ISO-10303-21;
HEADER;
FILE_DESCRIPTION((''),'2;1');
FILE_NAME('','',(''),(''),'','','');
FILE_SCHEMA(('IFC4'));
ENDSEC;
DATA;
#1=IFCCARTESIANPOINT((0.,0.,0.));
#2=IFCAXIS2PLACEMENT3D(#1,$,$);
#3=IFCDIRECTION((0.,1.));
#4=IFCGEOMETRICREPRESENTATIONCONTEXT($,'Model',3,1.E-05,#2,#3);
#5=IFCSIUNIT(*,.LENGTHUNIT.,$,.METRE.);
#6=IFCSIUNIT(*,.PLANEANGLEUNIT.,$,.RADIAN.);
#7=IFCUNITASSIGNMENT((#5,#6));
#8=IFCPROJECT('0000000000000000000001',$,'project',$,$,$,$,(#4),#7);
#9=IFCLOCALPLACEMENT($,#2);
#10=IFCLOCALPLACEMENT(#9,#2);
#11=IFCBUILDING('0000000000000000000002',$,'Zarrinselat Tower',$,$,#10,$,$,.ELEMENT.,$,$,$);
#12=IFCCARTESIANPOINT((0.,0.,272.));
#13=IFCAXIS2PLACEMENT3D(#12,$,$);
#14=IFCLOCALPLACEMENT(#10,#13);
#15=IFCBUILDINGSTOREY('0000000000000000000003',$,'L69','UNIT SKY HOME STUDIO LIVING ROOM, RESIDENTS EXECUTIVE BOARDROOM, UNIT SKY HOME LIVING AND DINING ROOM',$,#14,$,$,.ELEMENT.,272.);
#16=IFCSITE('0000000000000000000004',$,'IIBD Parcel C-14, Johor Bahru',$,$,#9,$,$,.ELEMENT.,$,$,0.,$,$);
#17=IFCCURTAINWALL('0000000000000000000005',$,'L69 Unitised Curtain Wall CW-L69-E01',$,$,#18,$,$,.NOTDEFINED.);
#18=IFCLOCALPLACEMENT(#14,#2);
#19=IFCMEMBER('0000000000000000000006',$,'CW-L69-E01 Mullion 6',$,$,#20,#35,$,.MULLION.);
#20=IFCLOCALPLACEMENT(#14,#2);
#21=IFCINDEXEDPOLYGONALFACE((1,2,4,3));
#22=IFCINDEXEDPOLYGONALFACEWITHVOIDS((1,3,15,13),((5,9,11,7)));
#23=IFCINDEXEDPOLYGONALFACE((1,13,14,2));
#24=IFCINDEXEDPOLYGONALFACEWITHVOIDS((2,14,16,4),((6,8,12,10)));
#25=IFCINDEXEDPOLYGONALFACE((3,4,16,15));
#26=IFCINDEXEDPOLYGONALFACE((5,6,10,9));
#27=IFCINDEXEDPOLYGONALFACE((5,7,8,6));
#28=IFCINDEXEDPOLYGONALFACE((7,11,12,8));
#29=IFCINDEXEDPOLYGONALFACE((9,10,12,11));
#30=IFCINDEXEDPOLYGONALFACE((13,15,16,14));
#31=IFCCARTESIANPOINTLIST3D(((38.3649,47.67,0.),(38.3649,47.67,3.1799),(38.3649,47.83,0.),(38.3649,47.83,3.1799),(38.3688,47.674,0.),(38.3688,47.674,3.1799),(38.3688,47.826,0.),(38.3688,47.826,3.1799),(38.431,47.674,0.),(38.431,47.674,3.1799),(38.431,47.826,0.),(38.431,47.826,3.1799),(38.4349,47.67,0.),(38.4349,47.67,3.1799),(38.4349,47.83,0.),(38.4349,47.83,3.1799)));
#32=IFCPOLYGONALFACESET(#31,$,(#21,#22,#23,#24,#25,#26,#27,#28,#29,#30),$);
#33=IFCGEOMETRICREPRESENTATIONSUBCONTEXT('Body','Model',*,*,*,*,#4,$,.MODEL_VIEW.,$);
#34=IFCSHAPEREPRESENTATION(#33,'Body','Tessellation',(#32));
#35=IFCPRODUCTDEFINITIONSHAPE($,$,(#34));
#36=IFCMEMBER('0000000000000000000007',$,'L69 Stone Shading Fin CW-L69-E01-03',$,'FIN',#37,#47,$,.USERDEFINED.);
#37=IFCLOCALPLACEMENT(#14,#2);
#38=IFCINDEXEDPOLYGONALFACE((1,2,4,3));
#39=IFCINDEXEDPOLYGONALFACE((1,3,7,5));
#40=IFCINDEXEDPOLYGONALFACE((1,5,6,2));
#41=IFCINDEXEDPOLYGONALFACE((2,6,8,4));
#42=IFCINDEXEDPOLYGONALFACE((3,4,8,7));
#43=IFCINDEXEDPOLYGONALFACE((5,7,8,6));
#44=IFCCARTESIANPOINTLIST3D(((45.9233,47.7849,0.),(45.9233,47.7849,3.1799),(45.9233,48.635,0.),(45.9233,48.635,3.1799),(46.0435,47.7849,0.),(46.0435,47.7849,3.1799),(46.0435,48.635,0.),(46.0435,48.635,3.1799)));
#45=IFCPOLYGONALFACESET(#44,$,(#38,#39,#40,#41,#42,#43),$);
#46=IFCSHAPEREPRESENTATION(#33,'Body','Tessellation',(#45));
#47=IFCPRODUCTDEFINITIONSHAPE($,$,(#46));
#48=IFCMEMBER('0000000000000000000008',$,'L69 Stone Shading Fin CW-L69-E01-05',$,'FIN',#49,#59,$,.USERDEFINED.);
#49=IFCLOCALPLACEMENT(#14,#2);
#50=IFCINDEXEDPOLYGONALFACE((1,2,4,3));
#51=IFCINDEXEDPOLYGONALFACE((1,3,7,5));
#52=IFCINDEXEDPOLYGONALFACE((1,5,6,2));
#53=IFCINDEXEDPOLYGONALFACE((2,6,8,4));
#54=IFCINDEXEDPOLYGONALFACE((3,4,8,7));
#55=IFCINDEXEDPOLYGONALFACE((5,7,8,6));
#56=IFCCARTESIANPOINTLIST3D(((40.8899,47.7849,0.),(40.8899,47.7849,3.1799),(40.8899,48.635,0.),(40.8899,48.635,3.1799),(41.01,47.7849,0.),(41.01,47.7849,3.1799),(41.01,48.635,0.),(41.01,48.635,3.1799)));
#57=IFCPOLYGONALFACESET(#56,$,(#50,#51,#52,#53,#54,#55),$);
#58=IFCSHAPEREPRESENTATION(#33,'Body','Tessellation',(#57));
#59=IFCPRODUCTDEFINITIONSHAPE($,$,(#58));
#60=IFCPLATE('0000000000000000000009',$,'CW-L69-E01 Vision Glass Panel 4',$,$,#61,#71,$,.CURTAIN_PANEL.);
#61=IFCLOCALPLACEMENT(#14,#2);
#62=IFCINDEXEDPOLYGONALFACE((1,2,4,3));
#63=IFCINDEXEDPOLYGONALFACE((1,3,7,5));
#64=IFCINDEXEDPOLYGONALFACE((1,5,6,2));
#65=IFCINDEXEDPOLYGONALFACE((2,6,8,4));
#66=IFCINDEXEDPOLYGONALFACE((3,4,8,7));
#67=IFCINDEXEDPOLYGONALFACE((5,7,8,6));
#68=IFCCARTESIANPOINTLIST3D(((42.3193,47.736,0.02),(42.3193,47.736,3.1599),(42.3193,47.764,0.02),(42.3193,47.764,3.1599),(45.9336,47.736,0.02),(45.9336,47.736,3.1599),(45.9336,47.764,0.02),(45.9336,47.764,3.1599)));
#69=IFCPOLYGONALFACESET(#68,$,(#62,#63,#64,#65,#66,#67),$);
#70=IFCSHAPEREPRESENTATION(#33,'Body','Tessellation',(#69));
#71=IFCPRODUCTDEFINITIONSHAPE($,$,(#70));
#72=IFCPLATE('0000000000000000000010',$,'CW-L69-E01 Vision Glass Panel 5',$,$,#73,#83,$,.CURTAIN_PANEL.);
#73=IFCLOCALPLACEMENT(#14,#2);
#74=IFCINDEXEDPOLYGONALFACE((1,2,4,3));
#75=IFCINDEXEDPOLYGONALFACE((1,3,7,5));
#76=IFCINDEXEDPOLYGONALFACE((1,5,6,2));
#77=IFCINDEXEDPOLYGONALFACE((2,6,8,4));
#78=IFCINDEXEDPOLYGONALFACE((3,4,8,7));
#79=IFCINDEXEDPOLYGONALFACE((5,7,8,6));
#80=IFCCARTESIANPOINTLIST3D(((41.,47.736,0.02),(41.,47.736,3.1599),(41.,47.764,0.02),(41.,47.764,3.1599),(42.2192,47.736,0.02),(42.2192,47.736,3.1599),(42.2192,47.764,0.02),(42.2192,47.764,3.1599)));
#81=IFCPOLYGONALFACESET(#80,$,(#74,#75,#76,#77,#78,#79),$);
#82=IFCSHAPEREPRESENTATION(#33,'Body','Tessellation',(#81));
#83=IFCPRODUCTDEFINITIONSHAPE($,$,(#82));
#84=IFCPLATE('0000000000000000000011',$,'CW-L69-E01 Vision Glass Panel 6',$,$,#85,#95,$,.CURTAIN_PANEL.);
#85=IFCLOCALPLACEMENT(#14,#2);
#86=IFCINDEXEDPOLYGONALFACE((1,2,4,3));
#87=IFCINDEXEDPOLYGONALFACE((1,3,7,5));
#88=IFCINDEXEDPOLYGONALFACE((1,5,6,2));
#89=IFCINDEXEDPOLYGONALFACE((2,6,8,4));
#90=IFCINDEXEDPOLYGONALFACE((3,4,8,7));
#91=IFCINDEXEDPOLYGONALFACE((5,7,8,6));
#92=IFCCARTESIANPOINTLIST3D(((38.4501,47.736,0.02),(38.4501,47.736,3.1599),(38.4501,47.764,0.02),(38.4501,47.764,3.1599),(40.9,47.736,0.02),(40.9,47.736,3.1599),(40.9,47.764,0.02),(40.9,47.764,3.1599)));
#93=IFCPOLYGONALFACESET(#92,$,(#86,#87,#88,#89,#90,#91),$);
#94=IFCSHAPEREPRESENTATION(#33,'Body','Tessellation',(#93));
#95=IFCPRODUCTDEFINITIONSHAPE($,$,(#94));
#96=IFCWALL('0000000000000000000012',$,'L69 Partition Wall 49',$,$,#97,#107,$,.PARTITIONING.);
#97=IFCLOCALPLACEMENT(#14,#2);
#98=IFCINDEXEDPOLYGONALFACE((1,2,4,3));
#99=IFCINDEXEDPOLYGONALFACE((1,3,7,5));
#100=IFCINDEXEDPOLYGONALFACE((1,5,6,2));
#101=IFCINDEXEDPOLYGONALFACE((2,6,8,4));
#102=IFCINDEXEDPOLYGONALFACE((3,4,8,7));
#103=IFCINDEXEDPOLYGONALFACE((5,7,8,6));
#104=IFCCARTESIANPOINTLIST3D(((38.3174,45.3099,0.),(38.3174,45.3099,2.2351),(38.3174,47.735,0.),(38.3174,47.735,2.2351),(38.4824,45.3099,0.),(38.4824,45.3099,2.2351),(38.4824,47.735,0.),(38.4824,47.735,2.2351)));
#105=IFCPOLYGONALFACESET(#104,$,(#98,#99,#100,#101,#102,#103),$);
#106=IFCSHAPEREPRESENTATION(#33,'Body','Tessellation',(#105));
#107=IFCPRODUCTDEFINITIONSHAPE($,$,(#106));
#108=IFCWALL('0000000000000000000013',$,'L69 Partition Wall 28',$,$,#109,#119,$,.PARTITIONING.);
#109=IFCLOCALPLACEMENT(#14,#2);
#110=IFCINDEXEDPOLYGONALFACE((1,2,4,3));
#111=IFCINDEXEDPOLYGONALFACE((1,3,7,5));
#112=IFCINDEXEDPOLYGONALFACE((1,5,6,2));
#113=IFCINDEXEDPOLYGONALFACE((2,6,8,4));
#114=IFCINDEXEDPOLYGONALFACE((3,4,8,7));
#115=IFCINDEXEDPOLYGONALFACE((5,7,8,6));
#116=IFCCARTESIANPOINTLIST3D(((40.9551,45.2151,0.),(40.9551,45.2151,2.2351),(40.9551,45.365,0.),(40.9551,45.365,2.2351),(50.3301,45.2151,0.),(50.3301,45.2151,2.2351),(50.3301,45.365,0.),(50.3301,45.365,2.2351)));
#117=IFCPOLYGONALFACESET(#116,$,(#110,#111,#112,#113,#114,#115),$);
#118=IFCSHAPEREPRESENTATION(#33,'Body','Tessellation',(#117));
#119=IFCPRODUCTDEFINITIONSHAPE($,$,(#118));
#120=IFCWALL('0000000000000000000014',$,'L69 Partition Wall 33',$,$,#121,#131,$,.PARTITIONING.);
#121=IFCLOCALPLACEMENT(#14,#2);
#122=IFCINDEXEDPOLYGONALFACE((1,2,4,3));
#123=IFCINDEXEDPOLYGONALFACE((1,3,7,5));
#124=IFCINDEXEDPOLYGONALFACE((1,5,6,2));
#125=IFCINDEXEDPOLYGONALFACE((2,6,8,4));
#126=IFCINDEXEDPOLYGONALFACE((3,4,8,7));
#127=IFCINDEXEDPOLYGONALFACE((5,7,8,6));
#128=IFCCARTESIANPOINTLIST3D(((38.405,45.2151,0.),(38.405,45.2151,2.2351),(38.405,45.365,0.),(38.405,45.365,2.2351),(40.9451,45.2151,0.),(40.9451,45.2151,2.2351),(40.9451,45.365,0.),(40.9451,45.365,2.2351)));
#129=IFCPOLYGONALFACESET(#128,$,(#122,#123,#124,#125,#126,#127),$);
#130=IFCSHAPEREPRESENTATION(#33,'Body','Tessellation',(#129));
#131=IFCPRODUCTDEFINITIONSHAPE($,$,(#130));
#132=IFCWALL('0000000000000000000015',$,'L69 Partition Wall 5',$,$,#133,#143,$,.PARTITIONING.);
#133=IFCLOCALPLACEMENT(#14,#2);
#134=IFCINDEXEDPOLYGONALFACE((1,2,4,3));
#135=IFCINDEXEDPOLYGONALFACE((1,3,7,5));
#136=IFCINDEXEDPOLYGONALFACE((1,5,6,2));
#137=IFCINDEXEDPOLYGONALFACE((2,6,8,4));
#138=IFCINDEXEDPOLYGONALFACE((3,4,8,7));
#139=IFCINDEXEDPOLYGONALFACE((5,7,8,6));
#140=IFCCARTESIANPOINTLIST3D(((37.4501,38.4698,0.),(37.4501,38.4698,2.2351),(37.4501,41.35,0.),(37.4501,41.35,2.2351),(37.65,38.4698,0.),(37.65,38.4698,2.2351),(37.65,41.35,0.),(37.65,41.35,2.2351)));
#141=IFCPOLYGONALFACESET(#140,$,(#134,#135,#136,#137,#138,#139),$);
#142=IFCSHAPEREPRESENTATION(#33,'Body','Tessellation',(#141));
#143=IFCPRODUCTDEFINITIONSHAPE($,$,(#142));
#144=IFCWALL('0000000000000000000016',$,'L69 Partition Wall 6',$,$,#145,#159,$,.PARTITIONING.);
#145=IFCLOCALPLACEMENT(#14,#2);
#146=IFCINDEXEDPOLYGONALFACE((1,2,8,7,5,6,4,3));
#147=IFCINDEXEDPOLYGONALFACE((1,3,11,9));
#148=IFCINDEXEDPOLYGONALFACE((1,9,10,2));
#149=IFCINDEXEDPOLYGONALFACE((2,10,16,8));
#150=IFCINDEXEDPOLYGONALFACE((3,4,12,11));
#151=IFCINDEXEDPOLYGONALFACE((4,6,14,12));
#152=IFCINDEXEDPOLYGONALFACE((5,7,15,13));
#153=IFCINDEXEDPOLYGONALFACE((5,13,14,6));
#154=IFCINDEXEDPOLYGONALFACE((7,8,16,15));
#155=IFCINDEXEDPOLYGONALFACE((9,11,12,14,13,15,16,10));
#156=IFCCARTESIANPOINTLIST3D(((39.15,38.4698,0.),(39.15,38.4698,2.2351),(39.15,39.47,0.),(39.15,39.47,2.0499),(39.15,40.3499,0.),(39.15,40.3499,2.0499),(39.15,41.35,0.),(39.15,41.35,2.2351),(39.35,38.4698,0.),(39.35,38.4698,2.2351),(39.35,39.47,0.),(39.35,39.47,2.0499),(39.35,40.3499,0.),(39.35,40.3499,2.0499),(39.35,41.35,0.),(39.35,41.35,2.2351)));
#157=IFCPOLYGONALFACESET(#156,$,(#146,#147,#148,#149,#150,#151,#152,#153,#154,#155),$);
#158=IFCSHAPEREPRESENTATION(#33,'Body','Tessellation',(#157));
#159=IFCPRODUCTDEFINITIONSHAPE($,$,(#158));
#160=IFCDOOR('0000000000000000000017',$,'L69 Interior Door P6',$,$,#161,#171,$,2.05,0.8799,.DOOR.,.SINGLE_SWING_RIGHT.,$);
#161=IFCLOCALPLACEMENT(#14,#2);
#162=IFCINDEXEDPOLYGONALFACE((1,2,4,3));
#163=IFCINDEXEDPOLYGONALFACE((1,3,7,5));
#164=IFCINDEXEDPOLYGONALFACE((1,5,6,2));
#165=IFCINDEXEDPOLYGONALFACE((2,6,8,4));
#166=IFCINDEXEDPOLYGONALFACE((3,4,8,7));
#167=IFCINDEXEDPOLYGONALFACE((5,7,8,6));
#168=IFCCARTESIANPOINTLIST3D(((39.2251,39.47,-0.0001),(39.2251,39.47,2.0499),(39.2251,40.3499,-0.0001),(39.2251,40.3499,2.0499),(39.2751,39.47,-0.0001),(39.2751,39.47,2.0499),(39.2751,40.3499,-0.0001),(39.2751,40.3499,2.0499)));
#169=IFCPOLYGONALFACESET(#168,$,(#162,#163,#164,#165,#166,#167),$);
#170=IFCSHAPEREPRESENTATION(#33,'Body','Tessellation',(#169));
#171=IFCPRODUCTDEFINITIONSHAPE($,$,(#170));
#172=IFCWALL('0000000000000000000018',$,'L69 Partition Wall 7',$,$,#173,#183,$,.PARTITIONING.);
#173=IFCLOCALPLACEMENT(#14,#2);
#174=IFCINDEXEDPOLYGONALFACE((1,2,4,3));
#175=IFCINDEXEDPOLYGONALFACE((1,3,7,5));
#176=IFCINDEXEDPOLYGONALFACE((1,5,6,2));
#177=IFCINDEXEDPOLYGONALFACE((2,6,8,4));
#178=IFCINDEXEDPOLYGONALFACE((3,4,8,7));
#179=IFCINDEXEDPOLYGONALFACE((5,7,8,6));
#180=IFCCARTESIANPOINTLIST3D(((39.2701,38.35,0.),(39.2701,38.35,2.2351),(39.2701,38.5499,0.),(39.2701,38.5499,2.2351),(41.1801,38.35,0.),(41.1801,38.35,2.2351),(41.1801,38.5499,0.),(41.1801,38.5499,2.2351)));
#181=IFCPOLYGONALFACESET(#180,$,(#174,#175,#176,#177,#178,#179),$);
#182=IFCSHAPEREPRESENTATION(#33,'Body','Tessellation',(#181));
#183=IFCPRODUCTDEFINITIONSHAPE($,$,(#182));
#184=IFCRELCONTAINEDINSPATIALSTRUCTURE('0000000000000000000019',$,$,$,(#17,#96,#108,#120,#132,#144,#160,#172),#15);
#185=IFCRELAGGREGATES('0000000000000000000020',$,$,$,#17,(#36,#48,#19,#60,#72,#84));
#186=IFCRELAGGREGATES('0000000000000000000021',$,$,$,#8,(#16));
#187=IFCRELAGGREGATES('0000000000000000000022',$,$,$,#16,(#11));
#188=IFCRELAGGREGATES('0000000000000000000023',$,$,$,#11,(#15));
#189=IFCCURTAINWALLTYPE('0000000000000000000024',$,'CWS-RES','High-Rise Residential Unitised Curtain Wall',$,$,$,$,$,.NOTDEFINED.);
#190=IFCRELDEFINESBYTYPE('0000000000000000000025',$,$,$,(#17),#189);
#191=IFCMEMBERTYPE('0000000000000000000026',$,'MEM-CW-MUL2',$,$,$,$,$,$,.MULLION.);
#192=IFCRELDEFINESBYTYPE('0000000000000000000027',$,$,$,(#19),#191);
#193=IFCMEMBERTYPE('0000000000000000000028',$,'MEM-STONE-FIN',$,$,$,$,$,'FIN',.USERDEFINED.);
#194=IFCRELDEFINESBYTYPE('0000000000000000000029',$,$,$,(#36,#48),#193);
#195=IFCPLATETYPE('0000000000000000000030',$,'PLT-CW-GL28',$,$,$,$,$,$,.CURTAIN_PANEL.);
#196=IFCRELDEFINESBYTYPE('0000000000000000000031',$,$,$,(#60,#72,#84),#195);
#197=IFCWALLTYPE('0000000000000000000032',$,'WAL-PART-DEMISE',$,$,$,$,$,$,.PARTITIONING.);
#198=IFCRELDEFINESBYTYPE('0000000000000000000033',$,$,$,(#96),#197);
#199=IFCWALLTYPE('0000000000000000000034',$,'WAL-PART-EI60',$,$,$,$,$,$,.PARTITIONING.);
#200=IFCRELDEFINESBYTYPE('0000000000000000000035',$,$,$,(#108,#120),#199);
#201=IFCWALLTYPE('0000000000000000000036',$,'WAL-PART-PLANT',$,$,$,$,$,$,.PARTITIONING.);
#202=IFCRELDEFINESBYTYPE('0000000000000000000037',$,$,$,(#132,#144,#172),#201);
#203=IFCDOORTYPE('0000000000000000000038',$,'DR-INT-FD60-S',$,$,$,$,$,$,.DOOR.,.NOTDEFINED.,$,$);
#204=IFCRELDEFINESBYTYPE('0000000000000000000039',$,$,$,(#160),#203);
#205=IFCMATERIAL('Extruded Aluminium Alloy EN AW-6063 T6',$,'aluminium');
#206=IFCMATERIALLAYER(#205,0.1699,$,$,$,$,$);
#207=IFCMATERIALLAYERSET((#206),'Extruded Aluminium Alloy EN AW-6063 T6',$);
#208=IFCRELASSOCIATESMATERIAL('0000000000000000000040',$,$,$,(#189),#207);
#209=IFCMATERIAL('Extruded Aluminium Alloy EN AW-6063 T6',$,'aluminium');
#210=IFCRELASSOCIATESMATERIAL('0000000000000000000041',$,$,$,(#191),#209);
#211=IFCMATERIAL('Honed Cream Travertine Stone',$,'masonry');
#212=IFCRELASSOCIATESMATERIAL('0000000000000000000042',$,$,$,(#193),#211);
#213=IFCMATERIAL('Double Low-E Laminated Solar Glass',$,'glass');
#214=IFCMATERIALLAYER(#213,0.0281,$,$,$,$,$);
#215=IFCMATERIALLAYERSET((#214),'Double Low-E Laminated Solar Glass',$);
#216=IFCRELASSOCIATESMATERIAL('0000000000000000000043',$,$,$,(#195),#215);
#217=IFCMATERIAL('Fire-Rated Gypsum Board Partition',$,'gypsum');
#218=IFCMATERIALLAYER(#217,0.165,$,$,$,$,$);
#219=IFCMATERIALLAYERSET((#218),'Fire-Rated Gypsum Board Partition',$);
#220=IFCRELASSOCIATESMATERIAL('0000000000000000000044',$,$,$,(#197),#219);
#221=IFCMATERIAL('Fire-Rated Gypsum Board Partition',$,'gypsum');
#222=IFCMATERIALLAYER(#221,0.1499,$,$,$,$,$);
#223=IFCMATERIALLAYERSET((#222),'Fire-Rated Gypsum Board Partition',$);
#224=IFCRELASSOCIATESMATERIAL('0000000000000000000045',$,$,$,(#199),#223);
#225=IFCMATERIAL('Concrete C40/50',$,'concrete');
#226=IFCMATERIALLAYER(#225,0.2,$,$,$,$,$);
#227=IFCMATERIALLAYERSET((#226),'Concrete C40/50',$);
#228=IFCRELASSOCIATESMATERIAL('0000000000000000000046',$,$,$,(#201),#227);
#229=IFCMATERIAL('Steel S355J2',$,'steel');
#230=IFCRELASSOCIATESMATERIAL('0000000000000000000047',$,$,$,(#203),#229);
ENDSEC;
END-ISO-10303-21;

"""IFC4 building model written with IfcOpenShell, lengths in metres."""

from ifc_helpers import new_model, si_unit, direction, frame, frame_2d, origin, origin_2d, place, context, subcontext, project, spatial, rectangle, hollow_rectangle, extrude, material, layer, layer_set, material_profile, profile_set, type_object, element, fill, aggregate, save


model = new_model("IFC4")

# Units and contexts
model_context = context("Model", 3, precision=1e-05, world=origin(), true_north=direction((0.0, 1.0)))
body_context = subcontext(model_context, "Body", "Model", "MODEL_VIEW")
ifc_project = project(units=[si_unit("LENGTHUNIT", "METRE"), si_unit("PLANEANGLEUNIT", "RADIAN")], contexts=[model_context])

# Site, building, storey
site_placement = place(None, origin())
site = spatial("IfcSite", under=ifc_project, at=site_placement, Name="IIBD Parcel C-14, Johor Bahru", CompositionType="ELEMENT", RefElevation=0.0)
building_placement = place(site_placement, origin())
building = spatial("IfcBuilding", under=site, at=building_placement, Name="Zarrinselat Tower", CompositionType="ELEMENT")
storey_placement = place(building_placement, frame((0.0, 0.0, 272.0)))
storey = spatial("IfcBuildingStorey", under=building, at=storey_placement, Name="L69", Description="UNIT SKY HOME STUDIO LIVING ROOM, RESIDENTS EXECUTIVE BOARDROOM, UNIT SKY HOME LIVING AND DINING ROOM", CompositionType="ELEMENT", Elevation=272.0)

# Curtain wall, members, plates
ifc_material_1 = material(Name="Extruded Aluminium Alloy EN AW-6063 T6", Category="aluminium")
ifc_layer_1 = layer(ifc_material_1, 0.1699)
ifc_layer_set_1 = layer_set([ifc_layer_1], Name="Extruded Aluminium Alloy EN AW-6063 T6")
curtain_wall_type = type_object("IfcCurtainWallType", Name="CWS-RES", Description="High-Rise Residential Unitised Curtain Wall", PredefinedType="NOTDEFINED", material=ifc_layer_set_1)
curtain_wall_placement = place(storey_placement, origin())
curtain_wall = element("IfcCurtainWall", 1, at=curtain_wall_placement, inside=storey, type_object=curtain_wall_type, Name="L69 Unitised Curtain Wall CW-L69-E01", PredefinedType="NOTDEFINED")
ifc_material_2 = material(Name="Extruded Aluminium Alloy EN AW-6063 T6", Category="aluminium")
ifc_material_profile_1 = material_profile(ifc_material_2, hollow_rectangle(XDim=0.0701, YDim=0.1599, WallThickness=0.0039, at=origin_2d()), Name="RHS 160x70x4")
ifc_profile_set_1 = profile_set([ifc_material_profile_1], Name="Extruded Aluminium Alloy EN AW-6063 T6")
member_type_1 = type_object("IfcMemberType", Name="MEM-CW-MUL2", PredefinedType="MULLION", material=ifc_profile_set_1)
member_1_placement = place(storey_placement, frame((38.3999, 47.75, 0.0), z_axis=(0.0, 0.0, 1.0), x_axis=(-1.0, 0.0, 0.0)))
member_1 = element("IfcMember", 2, at=member_1_placement, type_object=member_type_1, Name="CW-L69-E01 Mullion 6", PredefinedType="MULLION", context=body_context, shape_type="SweptSolid", body=[
    extrude(hollow_rectangle(XDim=0.0701, YDim=0.1599, WallThickness=0.0039, at=origin_2d()), origin(), (0.0, 0.0, 1.0), 3.1799),
])
ifc_material_3 = material(Name="Honed Cream Travertine Stone", Category="masonry")
ifc_material_profile_2 = material_profile(ifc_material_3, rectangle(XDim=0.1201, YDim=0.8501, at=origin_2d()), Name="FIN 850x120")
ifc_profile_set_2 = profile_set([ifc_material_profile_2], Name="Honed Cream Travertine Stone")
member_type_2 = type_object("IfcMemberType", Name="MEM-STONE-FIN", ElementType="FIN", PredefinedType="USERDEFINED", material=ifc_profile_set_2)
member_2_placement = place(storey_placement, frame((45.9834, 48.21, 0.0), z_axis=(0.0, 0.0, 1.0), x_axis=(1.0, 0.0, 0.0)))
member_2 = element("IfcMember", 3, at=member_2_placement, type_object=member_type_2, Name="L69 Stone Shading Fin CW-L69-E01-03", ObjectType="FIN", PredefinedType="USERDEFINED", context=body_context, shape_type="SweptSolid", body=[
    extrude(rectangle(XDim=0.1201, YDim=0.8501, at=origin_2d()), origin(), (0.0, 0.0, 1.0), 3.1799),
])
member_3_placement = place(storey_placement, frame((40.95, 48.21, 0.0), z_axis=(0.0, 0.0, 1.0), x_axis=(1.0, 0.0, 0.0)))
member_3 = element("IfcMember", 4, at=member_3_placement, type_object=member_type_2, Name="L69 Stone Shading Fin CW-L69-E01-05", ObjectType="FIN", PredefinedType="USERDEFINED", context=body_context, shape_type="SweptSolid", body=[
    extrude(rectangle(XDim=0.1201, YDim=0.8501, at=origin_2d()), origin(), (0.0, 0.0, 1.0), 3.1799),
])
ifc_material_4 = material(Name="Double Low-E Laminated Solar Glass", Category="glass")
ifc_layer_2 = layer(ifc_material_4, 0.0281)
ifc_layer_set_2 = layer_set([ifc_layer_2], Name="Double Low-E Laminated Solar Glass")
plate_type = type_object("IfcPlateType", Name="PLT-CW-GL28", PredefinedType="CURTAIN_PANEL", material=ifc_layer_set_2)
plate_1_placement = place(storey_placement, frame((44.1265, 47.75, 0.02), z_axis=(0.0, 0.0, 1.0), x_axis=(-1.0, 0.0, 0.0)))
plate_1 = element("IfcPlate", 5, at=plate_1_placement, type_object=plate_type, Name="CW-L69-E01 Vision Glass Panel 4", PredefinedType="CURTAIN_PANEL", context=body_context, shape_type="SweptSolid", body=[
    extrude(rectangle(XDim=3.6143, YDim=0.0281, at=origin_2d()), origin(), (0.0, 0.0, 1.0), 3.1399),
])
plate_2_placement = place(storey_placement, frame((41.6096, 47.75, 0.02), z_axis=(0.0, 0.0, 1.0), x_axis=(-1.0, 0.0, 0.0)))
plate_2 = element("IfcPlate", 6, at=plate_2_placement, type_object=plate_type, Name="CW-L69-E01 Vision Glass Panel 5", PredefinedType="CURTAIN_PANEL", context=body_context, shape_type="SweptSolid", body=[
    extrude(rectangle(XDim=1.2192, YDim=0.0281, at=origin_2d()), origin(), (0.0, 0.0, 1.0), 3.1399),
])
plate_3_placement = place(storey_placement, frame((39.675, 47.75, 0.02), z_axis=(0.0, 0.0, 1.0), x_axis=(-1.0, 0.0, 0.0)))
plate_3 = element("IfcPlate", 7, at=plate_3_placement, type_object=plate_type, Name="CW-L69-E01 Vision Glass Panel 6", PredefinedType="CURTAIN_PANEL", context=body_context, shape_type="SweptSolid", body=[
    extrude(rectangle(XDim=2.45, YDim=0.0281, at=origin_2d()), origin(), (0.0, 0.0, 1.0), 3.1399),
])
aggregate(curtain_wall, [member_2, member_3, member_1, plate_1, plate_2, plate_3])

# Walls
ifc_material_5 = material(Name="Fire-Rated Gypsum Board Partition", Category="gypsum")
ifc_layer_3 = layer(ifc_material_5, 0.165)
ifc_layer_set_3 = layer_set([ifc_layer_3], Name="Fire-Rated Gypsum Board Partition")
wall_type_1 = type_object("IfcWallType", Name="WAL-PART-DEMISE", PredefinedType="PARTITIONING", material=ifc_layer_set_3)
wall_1_placement = place(storey_placement, frame((38.3999, 45.3101, 0.0), z_axis=(0.0, 0.0, 1.0), x_axis=(0.0, 1.0, 0.0)))
element("IfcWall", 8, at=wall_1_placement, inside=storey, type_object=wall_type_1, Name="L69 Partition Wall 49", PredefinedType="PARTITIONING", context=body_context, shape_type="SweptSolid", body=[
    extrude(rectangle(XDim=2.425, YDim=0.165, at=frame_2d((1.2124, 0.0))), origin(), (0.0, 0.0, 1.0), 2.2351),
])
ifc_material_6 = material(Name="Fire-Rated Gypsum Board Partition", Category="gypsum")
ifc_layer_4 = layer(ifc_material_6, 0.1499)
ifc_layer_set_4 = layer_set([ifc_layer_4], Name="Fire-Rated Gypsum Board Partition")
wall_type_2 = type_object("IfcWallType", Name="WAL-PART-EI60", PredefinedType="PARTITIONING", material=ifc_layer_set_4)
wall_2_placement = place(storey_placement, frame((40.9551, 45.29, 0.0), z_axis=(0.0, 0.0, 1.0), x_axis=(1.0, 0.0, 0.0)))
element("IfcWall", 9, at=wall_2_placement, inside=storey, type_object=wall_type_2, Name="L69 Partition Wall 28", PredefinedType="PARTITIONING", context=body_context, shape_type="SweptSolid", body=[
    extrude(rectangle(XDim=9.375, YDim=0.1499, at=frame_2d((4.6875, 0.0))), origin(), (0.0, 0.0, 1.0), 2.2351),
])
wall_3_placement = place(storey_placement, frame((38.405, 45.29, 0.0), z_axis=(0.0, 0.0, 1.0), x_axis=(1.0, 0.0, 0.0)))
element("IfcWall", 10, at=wall_3_placement, inside=storey, type_object=wall_type_2, Name="L69 Partition Wall 33", PredefinedType="PARTITIONING", context=body_context, shape_type="SweptSolid", body=[
    extrude(rectangle(XDim=2.54, YDim=0.1499, at=frame_2d((1.27, 0.0))), origin(), (0.0, 0.0, 1.0), 2.2351),
])
ifc_material_7 = material(Name="Concrete C40/50", Category="concrete")
ifc_layer_5 = layer(ifc_material_7, 0.2)
ifc_layer_set_5 = layer_set([ifc_layer_5], Name="Concrete C40/50")
wall_type_3 = type_object("IfcWallType", Name="WAL-PART-PLANT", PredefinedType="PARTITIONING", material=ifc_layer_set_5)
wall_4_placement = place(storey_placement, frame((37.55, 38.47, 0.0), z_axis=(0.0, 0.0, 1.0), x_axis=(0.0, 1.0, 0.0)))
element("IfcWall", 11, at=wall_4_placement, inside=storey, type_object=wall_type_3, Name="L69 Partition Wall 5", PredefinedType="PARTITIONING", context=body_context, shape_type="SweptSolid", body=[
    extrude(rectangle(XDim=2.8801, YDim=0.2, at=frame_2d((1.4399, 0.0))), origin(), (0.0, 0.0, 1.0), 2.2351),
])

# Wall, opening, door
wall_5_placement = place(storey_placement, frame((39.25, 38.47, 0.0), z_axis=(0.0, 0.0, 1.0), x_axis=(0.0, 1.0, 0.0)))
wall_5 = element("IfcWall", 12, at=wall_5_placement, inside=storey, type_object=wall_type_3, Name="L69 Partition Wall 6", PredefinedType="PARTITIONING", context=body_context, shape_type="SweptSolid", body=[
    extrude(rectangle(XDim=2.8801, YDim=0.2, at=frame_2d((1.4399, 0.0))), origin(), (0.0, 0.0, 1.0), 2.2351),
])
opening_1_placement = place(wall_5_placement, frame((1.0, 0.0, 0.0)))
opening_1 = element("IfcOpeningElement", 13, at=opening_1_placement, cuts=wall_5, PredefinedType="OPENING", context=body_context, shape_type="SweptSolid", body=[
    extrude(rectangle(XDim=0.8799, YDim=2.05, at=frame_2d((0.4399, 1.0249))), frame((0.0, 0.1099, 0.0), z_axis=(0.0, -1.0, 0.0), x_axis=(1.0, 0.0, 0.0)), (0.0, 0.0, 1.0), 0.22),
])
ifc_material_8 = material(Name="Steel S355J2", Category="steel")
door_type_1 = type_object("IfcDoorType", Name="DR-INT-FD60-S", OperationType="NOTDEFINED", PredefinedType="DOOR", material=ifc_material_8)
door_1_placement = place(opening_1_placement, origin())
door_1 = element("IfcDoor", 14, at=door_1_placement, inside=storey, type_object=door_type_1, Name="L69 Interior Door P6", OperationType="SINGLE_SWING_RIGHT", OverallHeight=2.05, OverallWidth=0.8799, PredefinedType="DOOR", context=body_context, shape_type="SweptSolid", body=[
    extrude(rectangle(XDim=0.8799, YDim=2.05, at=frame_2d((0.4399, 1.0249))), frame((0.0, 0.0249, 0.0), z_axis=(0.0, -1.0, 0.0), x_axis=(1.0, 0.0, 0.0)), (0.0, 0.0, 1.0), 0.05),
])
fill(opening_1, door_1)

# Wall
wall_6_placement = place(storey_placement, frame((39.27, 38.45, 0.0), z_axis=(0.0, 0.0, 1.0), x_axis=(1.0, 0.0, 0.0)))
element("IfcWall", 15, at=wall_6_placement, inside=storey, type_object=wall_type_3, Name="L69 Partition Wall 7", PredefinedType="PARTITIONING", context=body_context, shape_type="SweptSolid", body=[
    extrude(rectangle(XDim=1.9099, YDim=0.2, at=frame_2d((0.9551, 0.0))), origin(), (0.0, 0.0, 1.0), 2.2351),
])

save(model, "model.ifc")
